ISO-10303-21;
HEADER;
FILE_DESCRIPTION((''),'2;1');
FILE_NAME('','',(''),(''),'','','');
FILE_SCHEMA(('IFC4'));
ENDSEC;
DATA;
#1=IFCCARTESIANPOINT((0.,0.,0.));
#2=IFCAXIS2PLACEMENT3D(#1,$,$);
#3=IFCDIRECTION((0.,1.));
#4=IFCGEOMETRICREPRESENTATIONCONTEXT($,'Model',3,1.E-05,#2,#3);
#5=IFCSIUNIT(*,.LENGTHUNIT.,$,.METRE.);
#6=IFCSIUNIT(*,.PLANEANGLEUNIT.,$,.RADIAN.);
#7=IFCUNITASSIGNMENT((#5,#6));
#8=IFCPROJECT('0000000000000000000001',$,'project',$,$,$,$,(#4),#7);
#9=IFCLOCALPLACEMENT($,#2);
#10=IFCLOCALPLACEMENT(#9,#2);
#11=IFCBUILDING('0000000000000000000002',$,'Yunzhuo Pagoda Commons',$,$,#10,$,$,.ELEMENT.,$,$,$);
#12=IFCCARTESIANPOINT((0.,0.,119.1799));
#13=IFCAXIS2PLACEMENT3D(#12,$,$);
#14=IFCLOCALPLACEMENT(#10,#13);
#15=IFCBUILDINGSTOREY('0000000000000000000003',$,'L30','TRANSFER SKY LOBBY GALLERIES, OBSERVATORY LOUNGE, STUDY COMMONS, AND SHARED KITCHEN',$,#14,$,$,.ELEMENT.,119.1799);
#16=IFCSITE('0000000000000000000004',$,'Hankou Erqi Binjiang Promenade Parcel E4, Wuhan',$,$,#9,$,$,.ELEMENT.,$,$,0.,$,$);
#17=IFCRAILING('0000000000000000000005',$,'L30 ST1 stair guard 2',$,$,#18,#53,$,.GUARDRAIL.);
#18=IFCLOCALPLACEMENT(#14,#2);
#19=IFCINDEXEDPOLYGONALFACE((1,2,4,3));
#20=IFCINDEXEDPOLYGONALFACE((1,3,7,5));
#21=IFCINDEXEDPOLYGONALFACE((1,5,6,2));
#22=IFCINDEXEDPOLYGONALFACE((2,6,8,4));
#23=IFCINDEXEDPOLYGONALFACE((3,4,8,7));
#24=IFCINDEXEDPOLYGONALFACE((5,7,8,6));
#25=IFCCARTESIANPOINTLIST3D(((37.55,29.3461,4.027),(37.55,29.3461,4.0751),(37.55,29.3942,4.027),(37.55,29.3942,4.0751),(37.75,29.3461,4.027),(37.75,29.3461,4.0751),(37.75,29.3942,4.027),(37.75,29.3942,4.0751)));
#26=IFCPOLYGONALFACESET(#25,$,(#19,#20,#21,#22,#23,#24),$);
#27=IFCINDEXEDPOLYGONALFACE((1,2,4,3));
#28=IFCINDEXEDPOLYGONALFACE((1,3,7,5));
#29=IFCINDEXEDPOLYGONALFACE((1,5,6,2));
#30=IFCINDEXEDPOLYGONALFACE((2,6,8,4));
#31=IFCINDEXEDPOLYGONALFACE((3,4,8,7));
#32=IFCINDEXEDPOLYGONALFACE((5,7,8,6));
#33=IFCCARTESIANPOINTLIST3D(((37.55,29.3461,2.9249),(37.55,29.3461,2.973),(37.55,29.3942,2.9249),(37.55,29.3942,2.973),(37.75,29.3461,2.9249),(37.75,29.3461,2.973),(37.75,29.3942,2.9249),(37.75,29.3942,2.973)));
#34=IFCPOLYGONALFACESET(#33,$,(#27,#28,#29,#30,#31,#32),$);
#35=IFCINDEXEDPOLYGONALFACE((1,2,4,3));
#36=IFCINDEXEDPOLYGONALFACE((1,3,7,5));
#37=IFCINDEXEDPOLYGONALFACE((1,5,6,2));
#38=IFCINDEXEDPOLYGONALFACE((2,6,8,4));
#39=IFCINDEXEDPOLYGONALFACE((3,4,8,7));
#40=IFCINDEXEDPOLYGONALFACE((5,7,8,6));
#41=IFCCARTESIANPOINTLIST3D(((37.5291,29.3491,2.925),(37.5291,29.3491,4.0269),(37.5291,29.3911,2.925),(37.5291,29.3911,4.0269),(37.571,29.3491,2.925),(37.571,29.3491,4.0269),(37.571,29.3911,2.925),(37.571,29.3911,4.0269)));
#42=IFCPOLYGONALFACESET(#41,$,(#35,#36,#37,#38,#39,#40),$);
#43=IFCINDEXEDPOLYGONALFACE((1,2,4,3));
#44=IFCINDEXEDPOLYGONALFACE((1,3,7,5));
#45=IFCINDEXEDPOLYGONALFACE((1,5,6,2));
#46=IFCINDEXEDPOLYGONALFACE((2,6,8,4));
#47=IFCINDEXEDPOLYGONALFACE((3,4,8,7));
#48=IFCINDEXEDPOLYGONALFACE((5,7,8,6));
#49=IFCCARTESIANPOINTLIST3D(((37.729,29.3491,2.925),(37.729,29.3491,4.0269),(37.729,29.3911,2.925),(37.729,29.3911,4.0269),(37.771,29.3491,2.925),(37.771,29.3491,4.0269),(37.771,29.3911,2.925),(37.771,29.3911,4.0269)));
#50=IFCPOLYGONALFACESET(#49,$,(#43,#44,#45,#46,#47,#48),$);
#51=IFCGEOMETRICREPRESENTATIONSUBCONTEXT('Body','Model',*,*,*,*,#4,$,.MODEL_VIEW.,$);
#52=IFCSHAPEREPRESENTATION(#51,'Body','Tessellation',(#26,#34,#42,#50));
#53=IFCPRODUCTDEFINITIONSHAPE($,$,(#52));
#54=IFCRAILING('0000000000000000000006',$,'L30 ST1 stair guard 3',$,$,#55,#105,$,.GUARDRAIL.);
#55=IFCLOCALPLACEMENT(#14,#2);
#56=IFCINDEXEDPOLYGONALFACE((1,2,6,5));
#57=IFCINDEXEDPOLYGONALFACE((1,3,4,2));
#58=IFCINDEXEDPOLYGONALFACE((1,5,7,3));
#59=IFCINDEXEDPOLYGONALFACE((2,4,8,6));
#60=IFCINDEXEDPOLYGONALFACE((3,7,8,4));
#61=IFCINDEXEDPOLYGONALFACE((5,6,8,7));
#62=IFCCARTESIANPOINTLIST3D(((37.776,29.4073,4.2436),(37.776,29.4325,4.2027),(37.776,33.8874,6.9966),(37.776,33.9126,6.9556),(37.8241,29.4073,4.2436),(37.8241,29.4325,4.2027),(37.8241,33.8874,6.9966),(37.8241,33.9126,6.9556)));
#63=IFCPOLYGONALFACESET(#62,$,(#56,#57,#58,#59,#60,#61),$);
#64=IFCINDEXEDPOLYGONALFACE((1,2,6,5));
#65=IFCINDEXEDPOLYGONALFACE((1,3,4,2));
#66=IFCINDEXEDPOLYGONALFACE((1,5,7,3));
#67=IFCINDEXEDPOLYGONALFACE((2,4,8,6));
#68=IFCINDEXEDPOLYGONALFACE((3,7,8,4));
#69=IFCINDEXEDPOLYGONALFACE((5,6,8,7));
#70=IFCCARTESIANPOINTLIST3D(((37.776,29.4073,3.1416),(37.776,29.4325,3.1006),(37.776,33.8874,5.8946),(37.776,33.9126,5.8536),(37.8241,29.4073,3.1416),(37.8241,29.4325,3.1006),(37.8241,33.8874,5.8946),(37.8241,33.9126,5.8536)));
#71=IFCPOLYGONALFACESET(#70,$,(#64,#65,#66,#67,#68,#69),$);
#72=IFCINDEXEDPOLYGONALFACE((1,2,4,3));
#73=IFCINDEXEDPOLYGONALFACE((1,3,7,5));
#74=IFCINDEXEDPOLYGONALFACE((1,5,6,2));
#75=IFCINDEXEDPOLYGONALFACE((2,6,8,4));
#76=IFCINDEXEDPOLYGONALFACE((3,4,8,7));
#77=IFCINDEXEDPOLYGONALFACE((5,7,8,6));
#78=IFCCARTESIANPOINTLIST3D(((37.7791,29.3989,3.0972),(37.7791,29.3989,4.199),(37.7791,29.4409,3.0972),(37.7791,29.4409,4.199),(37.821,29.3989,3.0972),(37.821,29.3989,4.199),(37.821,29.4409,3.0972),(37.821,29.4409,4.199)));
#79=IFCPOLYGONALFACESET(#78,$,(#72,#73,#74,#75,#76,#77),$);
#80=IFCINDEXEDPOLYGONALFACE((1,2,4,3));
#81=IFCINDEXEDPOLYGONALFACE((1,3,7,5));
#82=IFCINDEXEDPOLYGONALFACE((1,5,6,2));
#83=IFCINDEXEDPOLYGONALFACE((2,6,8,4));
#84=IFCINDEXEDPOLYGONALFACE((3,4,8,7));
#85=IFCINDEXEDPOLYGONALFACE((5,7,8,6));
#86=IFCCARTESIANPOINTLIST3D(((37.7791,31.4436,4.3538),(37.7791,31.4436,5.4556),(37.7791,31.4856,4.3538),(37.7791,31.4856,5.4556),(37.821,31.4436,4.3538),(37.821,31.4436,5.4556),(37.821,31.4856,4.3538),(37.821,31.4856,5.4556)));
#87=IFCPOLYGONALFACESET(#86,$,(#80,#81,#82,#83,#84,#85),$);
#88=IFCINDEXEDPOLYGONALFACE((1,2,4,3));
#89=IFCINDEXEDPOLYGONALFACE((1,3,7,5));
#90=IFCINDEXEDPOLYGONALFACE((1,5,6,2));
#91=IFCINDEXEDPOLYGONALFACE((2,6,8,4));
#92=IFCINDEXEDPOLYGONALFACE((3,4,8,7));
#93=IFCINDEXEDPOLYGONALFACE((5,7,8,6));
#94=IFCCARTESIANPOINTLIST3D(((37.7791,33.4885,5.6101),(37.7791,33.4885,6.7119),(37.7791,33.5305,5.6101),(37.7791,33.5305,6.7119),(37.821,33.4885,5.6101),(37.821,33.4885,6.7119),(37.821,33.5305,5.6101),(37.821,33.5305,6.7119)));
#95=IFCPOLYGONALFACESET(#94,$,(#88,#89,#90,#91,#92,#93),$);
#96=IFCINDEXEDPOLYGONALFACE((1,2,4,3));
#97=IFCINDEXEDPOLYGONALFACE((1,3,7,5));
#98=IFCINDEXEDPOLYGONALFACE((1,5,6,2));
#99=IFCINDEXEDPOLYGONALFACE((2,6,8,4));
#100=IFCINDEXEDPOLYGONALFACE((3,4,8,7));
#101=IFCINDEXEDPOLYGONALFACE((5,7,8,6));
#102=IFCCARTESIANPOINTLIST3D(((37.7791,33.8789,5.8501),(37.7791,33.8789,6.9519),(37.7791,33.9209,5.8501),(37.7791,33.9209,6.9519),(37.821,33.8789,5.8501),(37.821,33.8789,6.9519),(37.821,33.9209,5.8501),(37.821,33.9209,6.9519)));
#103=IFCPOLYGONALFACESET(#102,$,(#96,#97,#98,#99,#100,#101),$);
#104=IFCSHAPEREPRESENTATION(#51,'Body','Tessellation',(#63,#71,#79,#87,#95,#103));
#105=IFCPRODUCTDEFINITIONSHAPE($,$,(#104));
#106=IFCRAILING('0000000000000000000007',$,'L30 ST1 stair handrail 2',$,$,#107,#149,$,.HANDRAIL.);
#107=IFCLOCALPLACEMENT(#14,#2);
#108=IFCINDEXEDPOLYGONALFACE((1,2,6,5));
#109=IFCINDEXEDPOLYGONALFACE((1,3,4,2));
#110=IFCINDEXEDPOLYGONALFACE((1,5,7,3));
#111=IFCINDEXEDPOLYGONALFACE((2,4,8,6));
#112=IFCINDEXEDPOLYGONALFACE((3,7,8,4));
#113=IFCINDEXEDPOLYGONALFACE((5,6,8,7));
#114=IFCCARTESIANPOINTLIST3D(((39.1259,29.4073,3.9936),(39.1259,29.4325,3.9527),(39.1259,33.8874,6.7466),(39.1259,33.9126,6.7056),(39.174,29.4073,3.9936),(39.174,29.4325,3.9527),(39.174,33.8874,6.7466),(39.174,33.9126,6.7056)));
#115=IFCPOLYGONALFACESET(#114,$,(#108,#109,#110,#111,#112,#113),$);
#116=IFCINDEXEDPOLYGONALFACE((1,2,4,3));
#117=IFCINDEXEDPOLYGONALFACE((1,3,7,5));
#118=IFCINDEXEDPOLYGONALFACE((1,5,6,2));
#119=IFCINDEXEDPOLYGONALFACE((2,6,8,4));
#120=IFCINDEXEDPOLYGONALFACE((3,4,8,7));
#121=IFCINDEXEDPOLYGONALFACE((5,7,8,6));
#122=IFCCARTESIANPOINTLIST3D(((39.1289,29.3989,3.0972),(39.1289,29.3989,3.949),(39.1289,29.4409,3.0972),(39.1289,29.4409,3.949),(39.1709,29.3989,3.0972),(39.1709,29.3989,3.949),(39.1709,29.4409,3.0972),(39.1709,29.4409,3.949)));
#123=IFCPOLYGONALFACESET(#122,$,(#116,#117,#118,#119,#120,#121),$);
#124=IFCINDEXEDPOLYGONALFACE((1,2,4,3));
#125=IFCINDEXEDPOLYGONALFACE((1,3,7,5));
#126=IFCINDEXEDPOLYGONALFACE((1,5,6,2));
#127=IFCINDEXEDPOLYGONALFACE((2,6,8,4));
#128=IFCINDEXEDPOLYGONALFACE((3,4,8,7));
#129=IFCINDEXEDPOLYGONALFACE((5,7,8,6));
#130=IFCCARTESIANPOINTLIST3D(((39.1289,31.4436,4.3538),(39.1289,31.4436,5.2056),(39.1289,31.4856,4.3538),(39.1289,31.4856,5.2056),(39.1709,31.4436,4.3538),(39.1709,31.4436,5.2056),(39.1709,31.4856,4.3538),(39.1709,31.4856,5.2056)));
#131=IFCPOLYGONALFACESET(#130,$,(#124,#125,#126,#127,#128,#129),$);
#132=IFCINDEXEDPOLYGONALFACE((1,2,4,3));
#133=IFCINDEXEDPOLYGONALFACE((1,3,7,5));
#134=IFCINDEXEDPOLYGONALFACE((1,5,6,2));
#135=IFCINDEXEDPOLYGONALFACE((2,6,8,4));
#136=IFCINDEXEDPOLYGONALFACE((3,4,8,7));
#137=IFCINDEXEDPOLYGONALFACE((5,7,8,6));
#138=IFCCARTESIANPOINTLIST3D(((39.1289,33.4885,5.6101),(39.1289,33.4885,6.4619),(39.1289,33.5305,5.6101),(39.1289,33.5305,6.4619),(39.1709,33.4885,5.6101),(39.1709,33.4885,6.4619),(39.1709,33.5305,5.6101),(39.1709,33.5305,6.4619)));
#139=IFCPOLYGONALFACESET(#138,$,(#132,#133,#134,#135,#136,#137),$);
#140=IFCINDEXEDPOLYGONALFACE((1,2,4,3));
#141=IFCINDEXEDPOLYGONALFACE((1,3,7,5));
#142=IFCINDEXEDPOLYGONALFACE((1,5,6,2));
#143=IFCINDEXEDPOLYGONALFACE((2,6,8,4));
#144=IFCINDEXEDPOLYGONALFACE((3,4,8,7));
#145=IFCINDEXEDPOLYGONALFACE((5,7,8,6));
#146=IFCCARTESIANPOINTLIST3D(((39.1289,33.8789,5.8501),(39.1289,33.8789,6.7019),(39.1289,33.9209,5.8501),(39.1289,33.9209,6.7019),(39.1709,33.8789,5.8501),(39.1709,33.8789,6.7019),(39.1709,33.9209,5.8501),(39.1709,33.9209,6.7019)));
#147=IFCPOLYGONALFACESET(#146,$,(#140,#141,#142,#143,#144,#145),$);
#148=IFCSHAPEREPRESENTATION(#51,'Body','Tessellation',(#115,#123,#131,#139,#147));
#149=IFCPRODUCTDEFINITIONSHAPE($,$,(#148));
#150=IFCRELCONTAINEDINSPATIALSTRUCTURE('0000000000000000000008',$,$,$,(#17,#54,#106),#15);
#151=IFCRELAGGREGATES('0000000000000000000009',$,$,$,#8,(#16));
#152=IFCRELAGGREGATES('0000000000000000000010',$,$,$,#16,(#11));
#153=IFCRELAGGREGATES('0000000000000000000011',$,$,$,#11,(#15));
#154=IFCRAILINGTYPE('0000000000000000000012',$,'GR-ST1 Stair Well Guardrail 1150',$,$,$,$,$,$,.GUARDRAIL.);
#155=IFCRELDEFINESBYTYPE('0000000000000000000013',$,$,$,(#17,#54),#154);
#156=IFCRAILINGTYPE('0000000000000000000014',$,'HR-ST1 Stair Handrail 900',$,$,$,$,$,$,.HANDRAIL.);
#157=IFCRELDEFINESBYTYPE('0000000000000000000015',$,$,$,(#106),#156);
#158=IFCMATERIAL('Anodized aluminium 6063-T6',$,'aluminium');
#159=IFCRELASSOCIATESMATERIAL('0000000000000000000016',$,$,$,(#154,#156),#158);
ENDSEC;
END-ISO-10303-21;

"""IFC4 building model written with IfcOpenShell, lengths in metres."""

from ifc_helpers import new_model, si_unit, direction, frame, origin, origin_2d, place, context, subcontext, project, spatial, rectangle, extrude, material, type_object, element, save


model = new_model("IFC4")

# Units and contexts
model_context = context("Model", 3, precision=1e-05, world=origin(), true_north=direction((0.0, 1.0)))
body_context = subcontext(model_context, "Body", "Model", "MODEL_VIEW")
ifc_project = project(units=[si_unit("LENGTHUNIT", "METRE"), si_unit("PLANEANGLEUNIT", "RADIAN")], contexts=[model_context])

# Site, building, storey
site_placement = place(None, origin())
site = spatial("IfcSite", under=ifc_project, at=site_placement, Name="Hankou Erqi Binjiang Promenade Parcel E4, Wuhan", CompositionType="ELEMENT", RefElevation=0.0)
building_placement = place(site_placement, origin())
building = spatial("IfcBuilding", under=site, at=building_placement, Name="Yunzhuo Pagoda Commons", CompositionType="ELEMENT")
storey_placement = place(building_placement, frame((0.0, 0.0, 119.1799)))
storey = spatial("IfcBuildingStorey", under=building, at=storey_placement, Name="L30", Description="TRANSFER SKY LOBBY GALLERIES, OBSERVATORY LOUNGE, STUDY COMMONS, AND SHARED KITCHEN", CompositionType="ELEMENT", Elevation=119.1799)

# Railings
ifc_material_1 = material(Name="Anodized aluminium 6063-T6", Category="aluminium")
railing_type_1 = type_object("IfcRailingType", Name="GR-ST1 Stair Well Guardrail 1150", PredefinedType="GUARDRAIL", material=ifc_material_1)
railing_1_placement = place(storey_placement, frame((37.55, 29.3701, 2.925)))
element("IfcRailing", 1, at=railing_1_placement, inside=storey, type_object=railing_type_1, Name="L30 ST1 stair guard 2", PredefinedType="GUARDRAIL", context=body_context, shape_type="SweptSolid", body=[
    extrude(rectangle(XDim=0.0481, YDim=0.0481, at=origin_2d()), frame((0.0, 0.0, 1.126), z_axis=(1.0, 0.0, 0.0), x_axis=(0.0, 1.0, 0.0)), (0.0, 0.0, 1.0), 0.2),
    extrude(rectangle(XDim=0.0481, YDim=0.0481, at=origin_2d()), frame((0.0, 0.0, 0.0239), z_axis=(1.0, 0.0, 0.0), x_axis=(0.0, 1.0, 0.0)), (0.0, 0.0, 1.0), 0.2),
    extrude(rectangle(XDim=0.042, YDim=0.042, at=origin_2d()), origin(), (0.0, 0.0, 1.0), 1.1018),
    extrude(rectangle(XDim=0.042, YDim=0.042, at=origin_2d()), frame((0.2, 0.0, 0.0)), (0.0, 0.0, 1.0), 1.1018),
])
railing_2_placement = place(storey_placement, frame((37.8, 29.4199, 3.0972)))
element("IfcRailing", 2, at=railing_2_placement, inside=storey, type_object=railing_type_1, Name="L30 ST1 stair guard 3", PredefinedType="GUARDRAIL", context=body_context, shape_type="SweptSolid", body=[
    extrude(rectangle(XDim=0.0481, YDim=0.0481, at=origin_2d()), frame((0.0, 0.0, 1.126), z_axis=(0.0, 0.851996, 0.523548), x_axis=(-1.0, 0.0, 0.0)), (0.0, 0.0, 1.0), 5.2583),
    extrude(rectangle(XDim=0.0481, YDim=0.0481, at=origin_2d()), frame((0.0, 0.0, 0.0239), z_axis=(0.0, 0.851996, 0.523548), x_axis=(-1.0, 0.0, 0.0)), (0.0, 0.0, 1.0), 5.2583),
    extrude(rectangle(XDim=0.042, YDim=0.042, at=origin_2d()), origin(), (0.0, 0.0, 1.0), 1.1018),
    extrude(rectangle(XDim=0.042, YDim=0.042, at=origin_2d()), frame((0.0, 2.0447, 1.2566)), (0.0, 0.0, 1.0), 1.1018),
    extrude(rectangle(XDim=0.042, YDim=0.042, at=origin_2d()), frame((0.0, 4.0896, 2.5129)), (0.0, 0.0, 1.0), 1.1018),
    extrude(rectangle(XDim=0.042, YDim=0.042, at=origin_2d()), frame((0.0, 4.48, 2.7529)), (0.0, 0.0, 1.0), 1.1018),
])
railing_type_2 = type_object("IfcRailingType", Name="HR-ST1 Stair Handrail 900", PredefinedType="HANDRAIL", material=ifc_material_1)
railing_3_placement = place(storey_placement, frame((39.1499, 29.4199, 3.0972)))
element("IfcRailing", 3, at=railing_3_placement, inside=storey, type_object=railing_type_2, Name="L30 ST1 stair handrail 2", PredefinedType="HANDRAIL", context=body_context, shape_type="SweptSolid", body=[
    extrude(rectangle(XDim=0.0481, YDim=0.0481, at=origin_2d()), frame((0.0, 0.0, 0.876), z_axis=(0.0, 0.851996, 0.523548), x_axis=(-1.0, 0.0, 0.0)), (0.0, 0.0, 1.0), 5.2583),
    extrude(rectangle(XDim=0.042, YDim=0.042, at=origin_2d()), origin(), (0.0, 0.0, 1.0), 0.8518),
    extrude(rectangle(XDim=0.042, YDim=0.042, at=origin_2d()), frame((0.0, 2.0447, 1.2566)), (0.0, 0.0, 1.0), 0.8518),
    extrude(rectangle(XDim=0.042, YDim=0.042, at=origin_2d()), frame((0.0, 4.0896, 2.5129)), (0.0, 0.0, 1.0), 0.8518),
    extrude(rectangle(XDim=0.042, YDim=0.042, at=origin_2d()), frame((0.0, 4.48, 2.7529)), (0.0, 0.0, 1.0), 0.8518),
])

save(model, "model.ifc")
